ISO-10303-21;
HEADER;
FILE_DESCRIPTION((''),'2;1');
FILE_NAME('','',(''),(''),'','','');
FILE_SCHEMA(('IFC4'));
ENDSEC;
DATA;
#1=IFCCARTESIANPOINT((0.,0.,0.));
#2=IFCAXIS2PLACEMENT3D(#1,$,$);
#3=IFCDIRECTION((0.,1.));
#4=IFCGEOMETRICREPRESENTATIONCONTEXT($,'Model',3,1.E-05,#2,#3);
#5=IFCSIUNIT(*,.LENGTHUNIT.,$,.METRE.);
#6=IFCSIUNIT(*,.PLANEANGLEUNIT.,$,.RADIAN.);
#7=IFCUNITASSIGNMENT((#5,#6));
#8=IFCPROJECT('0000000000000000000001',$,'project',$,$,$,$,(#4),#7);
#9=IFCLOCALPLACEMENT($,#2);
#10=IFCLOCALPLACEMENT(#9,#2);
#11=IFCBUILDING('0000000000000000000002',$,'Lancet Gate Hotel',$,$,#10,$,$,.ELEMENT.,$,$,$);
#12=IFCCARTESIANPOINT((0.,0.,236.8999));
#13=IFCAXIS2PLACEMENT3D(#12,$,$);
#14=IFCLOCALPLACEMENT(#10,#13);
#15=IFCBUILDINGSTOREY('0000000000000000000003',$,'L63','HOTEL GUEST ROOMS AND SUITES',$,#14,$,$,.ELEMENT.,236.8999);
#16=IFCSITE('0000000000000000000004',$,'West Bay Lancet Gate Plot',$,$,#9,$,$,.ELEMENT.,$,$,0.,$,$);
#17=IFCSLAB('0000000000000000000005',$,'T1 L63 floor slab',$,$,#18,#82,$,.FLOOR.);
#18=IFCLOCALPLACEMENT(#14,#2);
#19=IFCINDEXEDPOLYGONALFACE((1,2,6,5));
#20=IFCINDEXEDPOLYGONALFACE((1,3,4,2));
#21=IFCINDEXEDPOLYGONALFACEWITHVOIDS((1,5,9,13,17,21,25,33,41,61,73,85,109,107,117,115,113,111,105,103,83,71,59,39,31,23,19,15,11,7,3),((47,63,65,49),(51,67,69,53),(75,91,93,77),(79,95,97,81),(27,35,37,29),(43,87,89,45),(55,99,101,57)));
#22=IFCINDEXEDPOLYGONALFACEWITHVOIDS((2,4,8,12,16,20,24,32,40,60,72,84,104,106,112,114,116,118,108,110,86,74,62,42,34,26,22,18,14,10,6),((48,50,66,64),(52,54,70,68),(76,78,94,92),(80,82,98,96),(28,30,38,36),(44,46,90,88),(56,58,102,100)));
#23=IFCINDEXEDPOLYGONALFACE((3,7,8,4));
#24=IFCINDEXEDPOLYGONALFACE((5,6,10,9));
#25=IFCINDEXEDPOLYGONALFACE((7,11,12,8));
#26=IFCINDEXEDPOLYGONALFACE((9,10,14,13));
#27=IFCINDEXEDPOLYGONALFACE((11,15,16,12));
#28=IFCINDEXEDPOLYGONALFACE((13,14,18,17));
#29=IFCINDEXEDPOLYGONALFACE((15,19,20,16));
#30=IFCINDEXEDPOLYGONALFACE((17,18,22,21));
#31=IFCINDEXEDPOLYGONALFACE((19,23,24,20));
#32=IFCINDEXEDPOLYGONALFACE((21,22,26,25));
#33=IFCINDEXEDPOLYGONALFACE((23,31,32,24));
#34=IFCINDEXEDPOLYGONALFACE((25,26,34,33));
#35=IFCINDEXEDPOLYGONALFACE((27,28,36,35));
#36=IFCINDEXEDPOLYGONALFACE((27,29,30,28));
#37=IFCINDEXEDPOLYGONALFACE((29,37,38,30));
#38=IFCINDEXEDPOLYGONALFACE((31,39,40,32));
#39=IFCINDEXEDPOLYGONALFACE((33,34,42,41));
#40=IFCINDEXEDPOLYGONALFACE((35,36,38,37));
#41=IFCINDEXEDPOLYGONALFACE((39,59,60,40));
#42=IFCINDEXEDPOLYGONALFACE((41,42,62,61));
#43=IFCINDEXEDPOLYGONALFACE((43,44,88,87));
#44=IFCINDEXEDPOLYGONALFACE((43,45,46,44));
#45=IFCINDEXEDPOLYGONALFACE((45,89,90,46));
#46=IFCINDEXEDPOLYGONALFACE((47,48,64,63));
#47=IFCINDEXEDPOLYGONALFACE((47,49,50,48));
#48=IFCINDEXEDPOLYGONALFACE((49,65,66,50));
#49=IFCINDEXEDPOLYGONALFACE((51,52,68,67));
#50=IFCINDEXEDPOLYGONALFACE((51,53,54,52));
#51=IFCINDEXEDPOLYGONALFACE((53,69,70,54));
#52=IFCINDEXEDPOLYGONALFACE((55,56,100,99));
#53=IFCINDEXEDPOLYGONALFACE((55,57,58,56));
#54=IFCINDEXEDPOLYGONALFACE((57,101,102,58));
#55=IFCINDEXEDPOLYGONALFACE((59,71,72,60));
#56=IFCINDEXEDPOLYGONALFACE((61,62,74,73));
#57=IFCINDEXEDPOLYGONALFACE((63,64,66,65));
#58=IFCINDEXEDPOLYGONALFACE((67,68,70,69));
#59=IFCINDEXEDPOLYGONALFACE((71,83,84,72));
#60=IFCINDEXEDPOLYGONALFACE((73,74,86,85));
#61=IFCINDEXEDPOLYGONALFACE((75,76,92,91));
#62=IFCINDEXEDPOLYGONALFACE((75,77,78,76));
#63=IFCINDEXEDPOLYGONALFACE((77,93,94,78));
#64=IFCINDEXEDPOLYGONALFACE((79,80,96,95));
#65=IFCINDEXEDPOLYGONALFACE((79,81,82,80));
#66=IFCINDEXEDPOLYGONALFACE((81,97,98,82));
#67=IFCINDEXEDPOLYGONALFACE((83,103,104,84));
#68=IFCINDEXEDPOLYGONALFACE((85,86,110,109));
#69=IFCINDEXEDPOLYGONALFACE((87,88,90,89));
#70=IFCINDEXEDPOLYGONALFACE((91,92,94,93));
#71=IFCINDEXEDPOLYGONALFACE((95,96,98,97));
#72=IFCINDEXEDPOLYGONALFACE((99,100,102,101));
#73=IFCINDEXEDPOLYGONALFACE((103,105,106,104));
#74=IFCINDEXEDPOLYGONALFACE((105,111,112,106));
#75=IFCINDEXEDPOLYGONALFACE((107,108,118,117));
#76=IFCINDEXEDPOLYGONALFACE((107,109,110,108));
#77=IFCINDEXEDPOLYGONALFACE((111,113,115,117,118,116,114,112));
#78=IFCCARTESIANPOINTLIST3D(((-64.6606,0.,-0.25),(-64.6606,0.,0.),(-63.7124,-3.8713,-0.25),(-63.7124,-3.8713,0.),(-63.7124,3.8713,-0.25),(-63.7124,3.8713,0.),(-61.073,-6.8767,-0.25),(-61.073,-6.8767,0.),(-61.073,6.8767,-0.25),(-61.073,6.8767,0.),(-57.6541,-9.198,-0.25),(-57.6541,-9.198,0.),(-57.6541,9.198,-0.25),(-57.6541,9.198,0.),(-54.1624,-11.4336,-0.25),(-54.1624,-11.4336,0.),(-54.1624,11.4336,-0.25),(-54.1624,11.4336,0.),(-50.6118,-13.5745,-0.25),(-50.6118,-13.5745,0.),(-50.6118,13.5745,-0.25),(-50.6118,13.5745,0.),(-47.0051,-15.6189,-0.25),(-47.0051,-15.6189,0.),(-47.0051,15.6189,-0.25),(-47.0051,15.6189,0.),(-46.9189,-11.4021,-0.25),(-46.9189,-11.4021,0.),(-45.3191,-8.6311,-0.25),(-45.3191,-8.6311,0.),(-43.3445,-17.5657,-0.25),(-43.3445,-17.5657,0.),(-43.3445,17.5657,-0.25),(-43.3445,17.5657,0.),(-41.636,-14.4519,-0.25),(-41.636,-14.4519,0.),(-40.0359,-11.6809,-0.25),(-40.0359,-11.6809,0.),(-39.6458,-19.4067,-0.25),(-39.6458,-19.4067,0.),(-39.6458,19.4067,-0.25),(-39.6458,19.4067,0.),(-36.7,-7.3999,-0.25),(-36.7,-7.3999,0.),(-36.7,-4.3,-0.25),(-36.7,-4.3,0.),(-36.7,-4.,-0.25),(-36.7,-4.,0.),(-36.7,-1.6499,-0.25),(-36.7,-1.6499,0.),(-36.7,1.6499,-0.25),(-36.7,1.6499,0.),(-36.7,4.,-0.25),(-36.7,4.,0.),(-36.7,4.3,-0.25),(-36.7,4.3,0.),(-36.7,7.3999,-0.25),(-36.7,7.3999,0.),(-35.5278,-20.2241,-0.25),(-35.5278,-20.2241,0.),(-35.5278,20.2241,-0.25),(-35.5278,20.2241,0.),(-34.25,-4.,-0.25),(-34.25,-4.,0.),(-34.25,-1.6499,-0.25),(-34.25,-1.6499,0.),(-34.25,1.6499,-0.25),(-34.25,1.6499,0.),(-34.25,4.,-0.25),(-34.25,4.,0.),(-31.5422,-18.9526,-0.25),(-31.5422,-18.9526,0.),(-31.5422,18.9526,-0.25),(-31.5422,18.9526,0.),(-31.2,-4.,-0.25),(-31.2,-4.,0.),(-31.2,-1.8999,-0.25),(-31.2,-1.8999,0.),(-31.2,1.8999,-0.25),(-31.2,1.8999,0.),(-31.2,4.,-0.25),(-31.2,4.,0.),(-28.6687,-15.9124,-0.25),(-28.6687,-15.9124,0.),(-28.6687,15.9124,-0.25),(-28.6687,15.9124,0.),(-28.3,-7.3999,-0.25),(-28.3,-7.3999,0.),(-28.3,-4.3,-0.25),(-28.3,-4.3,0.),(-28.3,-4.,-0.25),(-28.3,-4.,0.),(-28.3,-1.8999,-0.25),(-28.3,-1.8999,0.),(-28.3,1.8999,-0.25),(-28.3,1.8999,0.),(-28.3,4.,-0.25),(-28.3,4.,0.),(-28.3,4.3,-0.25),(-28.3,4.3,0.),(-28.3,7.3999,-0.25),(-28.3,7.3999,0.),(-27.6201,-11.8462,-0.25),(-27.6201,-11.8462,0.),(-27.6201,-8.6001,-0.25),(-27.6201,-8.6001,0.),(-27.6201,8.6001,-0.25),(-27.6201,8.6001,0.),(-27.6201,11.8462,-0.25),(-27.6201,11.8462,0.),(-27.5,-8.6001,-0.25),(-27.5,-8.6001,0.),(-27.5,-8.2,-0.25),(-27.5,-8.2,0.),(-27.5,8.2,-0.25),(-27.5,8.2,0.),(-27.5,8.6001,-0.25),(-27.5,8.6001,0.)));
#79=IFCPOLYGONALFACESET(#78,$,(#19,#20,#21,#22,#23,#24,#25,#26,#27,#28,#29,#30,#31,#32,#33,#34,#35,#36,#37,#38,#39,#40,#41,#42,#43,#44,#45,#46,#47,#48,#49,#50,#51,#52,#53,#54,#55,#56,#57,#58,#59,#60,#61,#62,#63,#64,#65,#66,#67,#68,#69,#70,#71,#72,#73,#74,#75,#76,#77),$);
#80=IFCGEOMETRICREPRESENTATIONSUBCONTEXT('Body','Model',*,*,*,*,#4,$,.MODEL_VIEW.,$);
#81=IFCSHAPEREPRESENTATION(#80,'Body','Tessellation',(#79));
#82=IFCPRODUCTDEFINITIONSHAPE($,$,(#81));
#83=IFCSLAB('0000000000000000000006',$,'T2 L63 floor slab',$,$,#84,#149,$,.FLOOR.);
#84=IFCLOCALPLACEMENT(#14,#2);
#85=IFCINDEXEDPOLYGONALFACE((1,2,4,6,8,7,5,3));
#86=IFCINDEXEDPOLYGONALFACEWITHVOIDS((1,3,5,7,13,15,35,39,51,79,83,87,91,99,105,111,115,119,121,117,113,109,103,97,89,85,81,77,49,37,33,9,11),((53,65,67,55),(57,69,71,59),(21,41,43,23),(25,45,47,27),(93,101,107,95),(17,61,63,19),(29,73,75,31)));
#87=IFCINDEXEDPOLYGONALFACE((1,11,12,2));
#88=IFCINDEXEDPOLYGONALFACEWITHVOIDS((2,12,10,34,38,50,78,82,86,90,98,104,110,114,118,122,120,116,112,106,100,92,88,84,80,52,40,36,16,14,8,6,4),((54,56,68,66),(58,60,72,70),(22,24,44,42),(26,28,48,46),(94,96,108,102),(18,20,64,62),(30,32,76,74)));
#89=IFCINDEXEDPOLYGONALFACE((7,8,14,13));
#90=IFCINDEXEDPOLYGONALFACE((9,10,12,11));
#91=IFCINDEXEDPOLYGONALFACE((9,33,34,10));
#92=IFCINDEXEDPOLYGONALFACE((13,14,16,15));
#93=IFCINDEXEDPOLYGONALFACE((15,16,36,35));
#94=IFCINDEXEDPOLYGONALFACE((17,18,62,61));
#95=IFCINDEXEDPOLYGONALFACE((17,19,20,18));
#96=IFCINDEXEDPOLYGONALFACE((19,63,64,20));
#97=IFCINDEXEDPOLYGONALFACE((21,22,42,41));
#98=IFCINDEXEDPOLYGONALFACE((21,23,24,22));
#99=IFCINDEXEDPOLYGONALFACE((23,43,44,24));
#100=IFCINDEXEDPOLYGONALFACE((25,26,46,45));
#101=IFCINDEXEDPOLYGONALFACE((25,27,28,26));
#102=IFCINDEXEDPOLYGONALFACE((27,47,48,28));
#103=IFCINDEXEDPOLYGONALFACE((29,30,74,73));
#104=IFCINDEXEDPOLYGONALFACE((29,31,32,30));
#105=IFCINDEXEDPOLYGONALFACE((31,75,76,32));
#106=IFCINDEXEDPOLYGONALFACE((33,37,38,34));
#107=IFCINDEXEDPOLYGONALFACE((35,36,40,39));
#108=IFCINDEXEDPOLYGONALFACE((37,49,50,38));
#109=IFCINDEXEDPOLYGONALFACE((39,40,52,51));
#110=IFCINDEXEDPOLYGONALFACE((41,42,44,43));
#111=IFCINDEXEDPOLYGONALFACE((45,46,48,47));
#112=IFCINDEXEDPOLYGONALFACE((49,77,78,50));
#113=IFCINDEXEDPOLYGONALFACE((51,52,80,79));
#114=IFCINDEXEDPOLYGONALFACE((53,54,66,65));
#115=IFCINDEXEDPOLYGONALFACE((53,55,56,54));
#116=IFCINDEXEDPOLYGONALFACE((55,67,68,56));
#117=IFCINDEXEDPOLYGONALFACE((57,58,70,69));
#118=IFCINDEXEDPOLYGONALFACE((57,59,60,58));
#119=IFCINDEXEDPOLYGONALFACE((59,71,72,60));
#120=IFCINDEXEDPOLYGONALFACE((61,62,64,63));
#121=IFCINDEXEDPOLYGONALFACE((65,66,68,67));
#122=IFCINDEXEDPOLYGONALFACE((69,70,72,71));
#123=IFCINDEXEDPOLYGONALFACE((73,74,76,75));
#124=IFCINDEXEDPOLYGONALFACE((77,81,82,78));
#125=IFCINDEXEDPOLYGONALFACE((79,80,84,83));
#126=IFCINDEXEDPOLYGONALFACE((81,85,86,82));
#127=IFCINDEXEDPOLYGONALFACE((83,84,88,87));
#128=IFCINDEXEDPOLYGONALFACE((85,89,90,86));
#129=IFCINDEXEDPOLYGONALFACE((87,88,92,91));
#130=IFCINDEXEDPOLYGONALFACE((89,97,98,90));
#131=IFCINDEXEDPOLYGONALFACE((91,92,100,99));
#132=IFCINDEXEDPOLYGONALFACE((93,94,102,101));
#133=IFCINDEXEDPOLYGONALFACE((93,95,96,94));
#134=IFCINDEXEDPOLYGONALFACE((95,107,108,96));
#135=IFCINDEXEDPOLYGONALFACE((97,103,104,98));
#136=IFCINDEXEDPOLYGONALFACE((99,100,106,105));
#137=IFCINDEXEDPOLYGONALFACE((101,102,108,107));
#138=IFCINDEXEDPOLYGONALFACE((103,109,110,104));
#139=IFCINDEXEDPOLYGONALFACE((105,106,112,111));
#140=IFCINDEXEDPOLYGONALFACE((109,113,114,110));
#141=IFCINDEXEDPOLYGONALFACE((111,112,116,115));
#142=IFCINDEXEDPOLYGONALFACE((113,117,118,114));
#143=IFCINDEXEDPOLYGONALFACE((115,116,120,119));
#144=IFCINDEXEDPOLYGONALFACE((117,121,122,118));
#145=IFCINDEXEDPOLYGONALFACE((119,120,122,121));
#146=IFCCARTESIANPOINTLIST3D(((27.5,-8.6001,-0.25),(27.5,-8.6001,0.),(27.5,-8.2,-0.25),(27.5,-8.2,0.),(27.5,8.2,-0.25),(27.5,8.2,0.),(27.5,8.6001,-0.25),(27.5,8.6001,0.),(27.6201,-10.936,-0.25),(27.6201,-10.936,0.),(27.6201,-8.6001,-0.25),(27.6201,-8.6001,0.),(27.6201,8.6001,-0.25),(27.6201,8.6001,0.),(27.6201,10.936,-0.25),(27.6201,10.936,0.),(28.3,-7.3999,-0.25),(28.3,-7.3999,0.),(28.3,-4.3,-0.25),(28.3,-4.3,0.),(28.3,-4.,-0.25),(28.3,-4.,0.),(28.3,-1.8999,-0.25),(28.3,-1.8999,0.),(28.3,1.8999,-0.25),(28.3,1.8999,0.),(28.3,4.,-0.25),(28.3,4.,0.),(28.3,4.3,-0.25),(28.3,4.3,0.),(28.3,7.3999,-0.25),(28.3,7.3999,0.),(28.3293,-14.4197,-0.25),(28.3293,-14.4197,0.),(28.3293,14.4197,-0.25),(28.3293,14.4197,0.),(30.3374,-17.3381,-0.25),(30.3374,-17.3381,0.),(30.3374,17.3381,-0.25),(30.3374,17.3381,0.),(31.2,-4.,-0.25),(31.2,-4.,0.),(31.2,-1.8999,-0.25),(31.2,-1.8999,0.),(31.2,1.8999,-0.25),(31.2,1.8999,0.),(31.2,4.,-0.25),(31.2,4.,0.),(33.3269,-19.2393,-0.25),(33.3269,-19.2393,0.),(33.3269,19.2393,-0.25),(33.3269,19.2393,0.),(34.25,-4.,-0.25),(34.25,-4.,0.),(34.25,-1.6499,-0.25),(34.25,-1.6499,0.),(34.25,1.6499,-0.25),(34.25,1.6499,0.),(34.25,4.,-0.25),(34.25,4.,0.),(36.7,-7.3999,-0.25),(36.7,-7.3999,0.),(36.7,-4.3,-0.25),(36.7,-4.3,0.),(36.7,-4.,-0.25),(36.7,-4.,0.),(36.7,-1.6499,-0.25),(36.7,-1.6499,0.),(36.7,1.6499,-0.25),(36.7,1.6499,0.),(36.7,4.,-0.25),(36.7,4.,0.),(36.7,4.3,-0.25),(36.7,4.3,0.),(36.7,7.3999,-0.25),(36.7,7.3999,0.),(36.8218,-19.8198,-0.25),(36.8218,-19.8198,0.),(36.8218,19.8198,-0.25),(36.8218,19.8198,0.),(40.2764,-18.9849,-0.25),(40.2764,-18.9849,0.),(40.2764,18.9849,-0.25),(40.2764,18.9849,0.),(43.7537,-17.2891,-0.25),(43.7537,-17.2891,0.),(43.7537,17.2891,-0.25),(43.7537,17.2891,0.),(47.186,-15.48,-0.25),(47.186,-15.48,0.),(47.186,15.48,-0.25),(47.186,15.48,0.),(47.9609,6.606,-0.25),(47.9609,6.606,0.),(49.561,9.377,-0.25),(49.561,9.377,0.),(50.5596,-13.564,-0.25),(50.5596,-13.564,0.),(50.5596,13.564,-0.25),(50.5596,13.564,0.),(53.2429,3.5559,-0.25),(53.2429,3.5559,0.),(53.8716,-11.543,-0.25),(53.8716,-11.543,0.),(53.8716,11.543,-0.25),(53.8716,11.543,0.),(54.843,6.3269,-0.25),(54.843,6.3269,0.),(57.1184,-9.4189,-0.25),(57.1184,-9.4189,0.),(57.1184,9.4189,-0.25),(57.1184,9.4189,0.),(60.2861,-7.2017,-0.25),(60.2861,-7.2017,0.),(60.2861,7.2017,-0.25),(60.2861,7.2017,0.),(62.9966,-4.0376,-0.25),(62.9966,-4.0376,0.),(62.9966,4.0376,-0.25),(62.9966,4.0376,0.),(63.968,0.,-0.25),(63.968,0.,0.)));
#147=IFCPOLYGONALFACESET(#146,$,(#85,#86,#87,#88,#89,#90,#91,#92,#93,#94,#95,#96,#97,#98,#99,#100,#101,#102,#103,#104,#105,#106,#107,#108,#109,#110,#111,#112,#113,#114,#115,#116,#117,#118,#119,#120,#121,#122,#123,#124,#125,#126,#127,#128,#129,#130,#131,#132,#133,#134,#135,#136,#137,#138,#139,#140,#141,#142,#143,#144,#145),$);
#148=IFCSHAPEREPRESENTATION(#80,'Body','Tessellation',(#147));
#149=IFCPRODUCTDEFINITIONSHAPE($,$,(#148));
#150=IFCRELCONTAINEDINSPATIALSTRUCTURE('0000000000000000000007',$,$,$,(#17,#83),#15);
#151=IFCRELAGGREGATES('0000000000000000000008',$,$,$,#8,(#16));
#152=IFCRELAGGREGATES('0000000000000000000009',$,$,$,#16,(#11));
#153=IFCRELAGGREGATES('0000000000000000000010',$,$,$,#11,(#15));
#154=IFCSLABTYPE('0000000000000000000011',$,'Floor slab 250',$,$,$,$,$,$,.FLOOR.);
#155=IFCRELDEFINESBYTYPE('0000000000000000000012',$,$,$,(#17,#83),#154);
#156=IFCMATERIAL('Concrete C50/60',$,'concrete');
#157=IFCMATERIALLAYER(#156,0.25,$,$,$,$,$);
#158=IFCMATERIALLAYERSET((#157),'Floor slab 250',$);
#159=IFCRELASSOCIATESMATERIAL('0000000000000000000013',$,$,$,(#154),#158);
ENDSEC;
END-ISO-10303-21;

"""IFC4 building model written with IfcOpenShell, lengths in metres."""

from ifc_helpers import new_model, si_unit, direction, frame, origin, place, context, subcontext, project, spatial, polyline, outline, extrude, material, layer, layer_set, type_object, element, save


model = new_model("IFC4")

# Units and contexts
model_context = context("Model", 3, precision=1e-05, world=origin(), true_north=direction((0.0, 1.0)))
body_context = subcontext(model_context, "Body", "Model", "MODEL_VIEW")
ifc_project = project(units=[si_unit("LENGTHUNIT", "METRE"), si_unit("PLANEANGLEUNIT", "RADIAN")], contexts=[model_context])

# Site, building, storey
site_placement = place(None, origin())
site = spatial("IfcSite", under=ifc_project, at=site_placement, Name="West Bay Lancet Gate Plot", CompositionType="ELEMENT", RefElevation=0.0)
building_placement = place(site_placement, origin())
building = spatial("IfcBuilding", under=site, at=building_placement, Name="Lancet Gate Hotel", CompositionType="ELEMENT")
storey_placement = place(building_placement, frame((0.0, 0.0, 236.8999)))
storey = spatial("IfcBuildingStorey", under=building, at=storey_placement, Name="L63", Description="HOTEL GUEST ROOMS AND SUITES", CompositionType="ELEMENT", Elevation=236.8999)

# Slabs
ifc_material_1 = material(Name="Concrete C50/60", Category="concrete")
ifc_layer_1 = layer(ifc_material_1, 0.25)
ifc_layer_set_1 = layer_set([ifc_layer_1], Name="Floor slab 250")
slab_type_1 = type_object("IfcSlabType", Name="Floor slab 250", PredefinedType="FLOOR", material=ifc_layer_set_1)
slab_1_placement = place(storey_placement, frame((0.0, 0.0, -0.25)))
element("IfcSlab", 1, at=slab_1_placement, inside=storey, type_object=slab_type_1, Name="T1 L63 floor slab", PredefinedType="FLOOR", context=body_context, shape_type="SweptSolid", body=[
    extrude(outline(polyline([(-27.5, 8.6001), (-27.6201, 8.6001), (-27.6201, 11.8462), (-28.6687, 15.9124), (-31.5422, 18.9526), (-35.5278, 20.2241), (-39.6458, 19.4067), (-43.3445, 17.5657), (-47.0051, 15.6189), (-50.6118, 13.5745), (-54.1624, 11.4336), (-57.6541, 9.198), (-61.073, 6.8767), (-63.7124, 3.8713), (-64.6606, 0.0), (-63.7124, -3.8713), (-61.073, -6.8767), (-57.6541, -9.198), (-54.1624, -11.4336), (-50.6118, -13.5745), (-47.0051, -15.6189), (-43.3445, -17.5657), (-39.6458, -19.4067), (-35.5278, -20.2241), (-31.5422, -18.9526), (-28.6687, -15.9124), (-27.6201, -11.8462), (-27.6201, -8.6001), (-27.5, -8.6001), (-27.5, -8.2), (-27.5, 8.2), (-27.5, 8.6001)]), holes=[polyline([(-36.7, 7.3999), (-36.7, 4.3), (-28.3, 4.3), (-28.3, 7.3999), (-36.7, 7.3999)]), polyline([(-28.3, 4.0), (-31.2, 4.0), (-31.2, 1.8999), (-28.3, 1.8999), (-28.3, 4.0)]), polyline([(-34.25, 4.0), (-36.7, 4.0), (-36.7, 1.6499), (-34.25, 1.6499), (-34.25, 4.0)]), polyline([(-36.7, -1.6499), (-36.7, -4.0), (-34.25, -4.0), (-34.25, -1.6499), (-36.7, -1.6499)]), polyline([(-28.3, -1.8999), (-31.2, -1.8999), (-31.2, -4.0), (-28.3, -4.0), (-28.3, -1.8999)]), polyline([(-28.3, -4.3), (-36.7, -4.3), (-36.7, -7.3999), (-28.3, -7.3999), (-28.3, -4.3)]), polyline([(-45.3191, -8.6311), (-46.9189, -11.4021), (-41.636, -14.4519), (-40.0359, -11.6809), (-45.3191, -8.6311)])]), origin(), (0.0, 0.0, 1.0), 0.25),
])
slab_2_placement = place(storey_placement, frame((0.0, 0.0, -0.25)))
element("IfcSlab", 2, at=slab_2_placement, inside=storey, type_object=slab_type_1, Name="T2 L63 floor slab", PredefinedType="FLOOR", context=body_context, shape_type="SweptSolid", body=[
    extrude(outline(polyline([(27.5, -8.6001), (27.6201, -8.6001), (27.6201, -10.936), (28.3293, -14.4197), (30.3374, -17.3381), (33.3269, -19.2393), (36.8218, -19.8198), (40.2764, -18.9849), (43.7537, -17.2891), (47.186, -15.48), (50.5596, -13.564), (53.8716, -11.543), (57.1184, -9.4189), (60.2861, -7.2017), (62.9966, -4.0376), (63.968, 0.0), (62.9966, 4.0376), (60.2861, 7.2017), (57.1184, 9.4189), (53.8716, 11.543), (50.5596, 13.564), (47.186, 15.48), (43.7537, 17.2891), (40.2764, 18.9849), (36.8218, 19.8198), (33.3269, 19.2393), (30.3374, 17.3381), (28.3293, 14.4197), (27.6201, 10.936), (27.6201, 8.6001), (27.5, 8.6001), (27.5, 8.2), (27.5, -8.2), (27.5, -8.6001)]), holes=[polyline([(36.7, -7.3999), (36.7, -4.3), (28.3, -4.3), (28.3, -7.3999), (36.7, -7.3999)]), polyline([(28.3, -4.0), (31.2, -4.0), (31.2, -1.8999), (28.3, -1.8999), (28.3, -4.0)]), polyline([(34.25, -4.0), (36.7, -4.0), (36.7, -1.6499), (34.25, -1.6499), (34.25, -4.0)]), polyline([(36.7, 1.6499), (36.7, 4.0), (34.25, 4.0), (34.25, 1.6499), (36.7, 1.6499)]), polyline([(28.3, 1.8999), (31.2, 1.8999), (31.2, 4.0), (28.3, 4.0), (28.3, 1.8999)]), polyline([(28.3, 4.3), (36.7, 4.3), (36.7, 7.3999), (28.3, 7.3999), (28.3, 4.3)]), polyline([(53.2429, 3.5559), (54.843, 6.3269), (49.561, 9.377), (47.9609, 6.606), (53.2429, 3.5559)])]), origin(), (0.0, 0.0, 1.0), 0.25),
])

save(model, "model.ifc")
